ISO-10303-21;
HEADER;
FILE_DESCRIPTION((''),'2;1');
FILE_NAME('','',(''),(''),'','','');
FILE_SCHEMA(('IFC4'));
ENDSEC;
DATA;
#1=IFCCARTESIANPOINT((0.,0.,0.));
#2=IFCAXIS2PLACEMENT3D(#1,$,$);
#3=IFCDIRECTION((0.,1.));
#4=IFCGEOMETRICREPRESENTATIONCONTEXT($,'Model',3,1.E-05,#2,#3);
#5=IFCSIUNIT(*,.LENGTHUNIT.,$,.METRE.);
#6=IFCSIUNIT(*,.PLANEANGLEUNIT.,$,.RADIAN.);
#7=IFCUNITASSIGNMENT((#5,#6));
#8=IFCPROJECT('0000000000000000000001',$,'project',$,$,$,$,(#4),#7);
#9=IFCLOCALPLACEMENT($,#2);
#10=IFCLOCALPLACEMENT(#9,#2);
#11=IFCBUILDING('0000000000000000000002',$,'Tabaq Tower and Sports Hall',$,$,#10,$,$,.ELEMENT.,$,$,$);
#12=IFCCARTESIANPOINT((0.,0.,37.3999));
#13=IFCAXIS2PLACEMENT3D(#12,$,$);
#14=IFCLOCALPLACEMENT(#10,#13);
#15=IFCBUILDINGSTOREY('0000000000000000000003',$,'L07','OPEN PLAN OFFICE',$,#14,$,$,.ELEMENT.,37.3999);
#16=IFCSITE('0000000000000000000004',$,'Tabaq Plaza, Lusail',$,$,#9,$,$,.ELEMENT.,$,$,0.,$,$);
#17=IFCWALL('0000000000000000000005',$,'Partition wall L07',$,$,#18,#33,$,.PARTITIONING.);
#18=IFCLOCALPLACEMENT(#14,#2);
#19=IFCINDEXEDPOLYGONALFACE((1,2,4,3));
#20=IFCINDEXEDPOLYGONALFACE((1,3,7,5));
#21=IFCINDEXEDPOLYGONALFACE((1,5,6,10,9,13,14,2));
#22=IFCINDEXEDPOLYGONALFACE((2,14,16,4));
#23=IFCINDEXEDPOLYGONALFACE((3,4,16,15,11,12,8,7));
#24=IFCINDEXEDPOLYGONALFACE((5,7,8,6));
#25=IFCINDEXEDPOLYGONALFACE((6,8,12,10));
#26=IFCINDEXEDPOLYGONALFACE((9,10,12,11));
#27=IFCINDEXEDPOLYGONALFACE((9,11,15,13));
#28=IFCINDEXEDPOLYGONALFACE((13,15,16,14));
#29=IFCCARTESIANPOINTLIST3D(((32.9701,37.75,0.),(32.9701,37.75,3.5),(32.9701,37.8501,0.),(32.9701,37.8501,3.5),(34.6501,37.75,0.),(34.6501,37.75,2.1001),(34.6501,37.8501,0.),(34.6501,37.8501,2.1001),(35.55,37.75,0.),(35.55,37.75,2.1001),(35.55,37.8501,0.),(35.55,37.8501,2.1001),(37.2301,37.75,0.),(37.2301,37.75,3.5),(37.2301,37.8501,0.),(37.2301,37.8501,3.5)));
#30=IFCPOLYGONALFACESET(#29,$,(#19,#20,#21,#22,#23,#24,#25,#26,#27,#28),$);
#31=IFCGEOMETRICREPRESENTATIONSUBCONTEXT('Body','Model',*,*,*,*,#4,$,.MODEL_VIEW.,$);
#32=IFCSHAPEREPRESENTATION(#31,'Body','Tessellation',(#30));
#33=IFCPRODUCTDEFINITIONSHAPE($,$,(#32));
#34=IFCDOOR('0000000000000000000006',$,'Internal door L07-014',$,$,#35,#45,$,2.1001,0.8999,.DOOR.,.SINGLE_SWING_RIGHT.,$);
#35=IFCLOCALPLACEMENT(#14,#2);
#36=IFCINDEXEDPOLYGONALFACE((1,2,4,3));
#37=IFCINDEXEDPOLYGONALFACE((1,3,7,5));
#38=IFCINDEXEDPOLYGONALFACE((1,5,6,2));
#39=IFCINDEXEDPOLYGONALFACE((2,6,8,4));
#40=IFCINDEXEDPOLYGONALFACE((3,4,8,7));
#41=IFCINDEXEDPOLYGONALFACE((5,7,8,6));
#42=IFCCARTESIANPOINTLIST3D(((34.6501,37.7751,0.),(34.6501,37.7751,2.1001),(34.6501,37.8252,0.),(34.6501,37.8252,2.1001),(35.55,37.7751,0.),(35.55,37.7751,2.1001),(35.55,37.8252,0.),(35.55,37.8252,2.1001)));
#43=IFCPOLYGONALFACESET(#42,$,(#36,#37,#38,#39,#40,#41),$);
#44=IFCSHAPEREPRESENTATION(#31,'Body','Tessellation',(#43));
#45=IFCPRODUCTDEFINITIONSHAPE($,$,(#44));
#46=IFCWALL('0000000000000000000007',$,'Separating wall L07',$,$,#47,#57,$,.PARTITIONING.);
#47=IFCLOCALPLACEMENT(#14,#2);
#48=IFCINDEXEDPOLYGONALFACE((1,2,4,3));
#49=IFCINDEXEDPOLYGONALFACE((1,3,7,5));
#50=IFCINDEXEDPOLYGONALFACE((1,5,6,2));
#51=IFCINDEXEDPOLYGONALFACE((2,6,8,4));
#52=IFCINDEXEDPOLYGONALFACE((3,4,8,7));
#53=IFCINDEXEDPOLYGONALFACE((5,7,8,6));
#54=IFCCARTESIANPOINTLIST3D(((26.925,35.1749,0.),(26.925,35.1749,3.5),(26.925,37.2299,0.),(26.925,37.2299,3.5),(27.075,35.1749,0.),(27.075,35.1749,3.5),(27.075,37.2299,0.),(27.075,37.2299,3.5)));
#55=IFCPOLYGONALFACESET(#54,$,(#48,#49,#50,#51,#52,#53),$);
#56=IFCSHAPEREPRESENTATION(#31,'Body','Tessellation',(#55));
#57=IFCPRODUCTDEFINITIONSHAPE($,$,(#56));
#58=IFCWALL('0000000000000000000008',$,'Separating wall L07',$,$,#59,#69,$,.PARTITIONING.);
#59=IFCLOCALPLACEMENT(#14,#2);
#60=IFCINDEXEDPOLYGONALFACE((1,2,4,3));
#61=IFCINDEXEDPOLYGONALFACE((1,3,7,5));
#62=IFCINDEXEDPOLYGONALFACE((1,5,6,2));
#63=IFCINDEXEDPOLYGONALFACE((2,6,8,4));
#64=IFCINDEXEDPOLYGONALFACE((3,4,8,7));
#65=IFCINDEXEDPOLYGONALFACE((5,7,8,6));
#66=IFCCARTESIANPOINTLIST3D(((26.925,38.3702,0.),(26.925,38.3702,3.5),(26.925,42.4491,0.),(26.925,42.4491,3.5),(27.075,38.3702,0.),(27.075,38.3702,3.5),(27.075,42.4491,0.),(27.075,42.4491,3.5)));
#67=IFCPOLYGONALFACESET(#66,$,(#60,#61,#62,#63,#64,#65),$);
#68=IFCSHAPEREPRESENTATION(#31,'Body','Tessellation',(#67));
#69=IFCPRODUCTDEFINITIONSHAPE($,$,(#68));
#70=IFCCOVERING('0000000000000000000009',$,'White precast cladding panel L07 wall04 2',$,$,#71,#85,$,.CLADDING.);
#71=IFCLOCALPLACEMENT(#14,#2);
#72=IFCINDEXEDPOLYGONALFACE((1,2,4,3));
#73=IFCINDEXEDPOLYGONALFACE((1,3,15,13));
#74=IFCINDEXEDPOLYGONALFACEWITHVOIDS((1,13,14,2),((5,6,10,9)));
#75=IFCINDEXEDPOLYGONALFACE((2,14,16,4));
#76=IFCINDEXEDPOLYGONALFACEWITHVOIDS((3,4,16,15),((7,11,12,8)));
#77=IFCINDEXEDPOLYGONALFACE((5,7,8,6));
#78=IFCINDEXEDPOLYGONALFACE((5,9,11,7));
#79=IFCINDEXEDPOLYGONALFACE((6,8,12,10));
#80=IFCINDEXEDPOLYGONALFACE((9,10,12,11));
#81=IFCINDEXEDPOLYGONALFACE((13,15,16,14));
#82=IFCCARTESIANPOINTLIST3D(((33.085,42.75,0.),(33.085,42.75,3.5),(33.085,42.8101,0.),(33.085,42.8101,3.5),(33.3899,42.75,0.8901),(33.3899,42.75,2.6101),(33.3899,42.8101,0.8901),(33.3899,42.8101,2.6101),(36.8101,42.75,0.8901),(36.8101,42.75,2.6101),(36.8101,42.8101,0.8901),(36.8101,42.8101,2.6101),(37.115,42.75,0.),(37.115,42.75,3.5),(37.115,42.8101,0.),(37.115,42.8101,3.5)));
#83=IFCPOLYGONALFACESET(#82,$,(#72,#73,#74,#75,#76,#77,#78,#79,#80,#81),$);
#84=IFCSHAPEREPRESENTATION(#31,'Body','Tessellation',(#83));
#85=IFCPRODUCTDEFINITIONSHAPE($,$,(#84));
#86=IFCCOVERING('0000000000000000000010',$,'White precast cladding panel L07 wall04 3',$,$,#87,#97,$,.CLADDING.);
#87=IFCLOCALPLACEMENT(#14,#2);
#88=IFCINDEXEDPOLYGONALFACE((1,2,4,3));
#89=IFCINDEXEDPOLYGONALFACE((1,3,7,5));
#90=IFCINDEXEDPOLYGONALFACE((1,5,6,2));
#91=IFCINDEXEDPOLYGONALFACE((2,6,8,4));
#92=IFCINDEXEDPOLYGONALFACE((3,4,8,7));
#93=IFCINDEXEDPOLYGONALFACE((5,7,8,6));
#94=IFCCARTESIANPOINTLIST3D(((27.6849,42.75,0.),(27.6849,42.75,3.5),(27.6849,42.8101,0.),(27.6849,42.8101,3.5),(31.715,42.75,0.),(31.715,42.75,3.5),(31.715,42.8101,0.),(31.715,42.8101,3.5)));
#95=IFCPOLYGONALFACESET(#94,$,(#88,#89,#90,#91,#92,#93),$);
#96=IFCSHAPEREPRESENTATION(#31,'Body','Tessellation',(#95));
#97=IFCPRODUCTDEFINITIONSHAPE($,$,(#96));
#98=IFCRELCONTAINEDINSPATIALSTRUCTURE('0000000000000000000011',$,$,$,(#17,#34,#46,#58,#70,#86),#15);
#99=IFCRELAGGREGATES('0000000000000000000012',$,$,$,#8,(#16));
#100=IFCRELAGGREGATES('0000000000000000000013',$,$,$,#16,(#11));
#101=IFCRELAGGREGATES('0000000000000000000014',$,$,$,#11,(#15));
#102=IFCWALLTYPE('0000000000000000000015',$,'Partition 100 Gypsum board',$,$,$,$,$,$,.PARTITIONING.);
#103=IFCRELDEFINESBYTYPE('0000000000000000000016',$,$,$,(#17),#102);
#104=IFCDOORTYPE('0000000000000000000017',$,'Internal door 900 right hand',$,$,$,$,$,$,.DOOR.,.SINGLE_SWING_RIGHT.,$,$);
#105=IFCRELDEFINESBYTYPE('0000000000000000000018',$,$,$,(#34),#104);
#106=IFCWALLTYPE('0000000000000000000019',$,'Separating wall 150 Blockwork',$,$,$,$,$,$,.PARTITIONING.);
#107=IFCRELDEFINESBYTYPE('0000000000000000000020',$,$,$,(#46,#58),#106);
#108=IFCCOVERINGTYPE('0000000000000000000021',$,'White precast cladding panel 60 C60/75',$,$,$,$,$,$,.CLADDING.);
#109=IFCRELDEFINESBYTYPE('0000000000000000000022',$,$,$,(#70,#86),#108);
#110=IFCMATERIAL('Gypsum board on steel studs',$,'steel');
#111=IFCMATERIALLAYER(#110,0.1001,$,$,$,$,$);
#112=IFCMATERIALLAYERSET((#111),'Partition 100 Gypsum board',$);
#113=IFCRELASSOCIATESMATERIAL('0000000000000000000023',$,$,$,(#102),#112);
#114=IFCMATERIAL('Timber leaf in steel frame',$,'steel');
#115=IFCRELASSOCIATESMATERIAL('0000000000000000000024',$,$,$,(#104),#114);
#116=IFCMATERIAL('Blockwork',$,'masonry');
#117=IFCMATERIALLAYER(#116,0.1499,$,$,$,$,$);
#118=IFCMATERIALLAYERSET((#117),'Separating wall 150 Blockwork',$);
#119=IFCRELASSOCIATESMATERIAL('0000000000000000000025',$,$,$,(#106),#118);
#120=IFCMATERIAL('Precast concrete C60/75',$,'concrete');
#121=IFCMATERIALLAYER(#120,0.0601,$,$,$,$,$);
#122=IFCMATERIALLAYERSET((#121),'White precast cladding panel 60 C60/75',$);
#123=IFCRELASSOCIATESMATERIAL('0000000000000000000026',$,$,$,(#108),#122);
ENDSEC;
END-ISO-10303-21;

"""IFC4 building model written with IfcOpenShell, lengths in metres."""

from ifc_helpers import new_model, si_unit, direction, frame, frame_2d, origin, place, context, subcontext, project, spatial, polyline, rectangle, outline, extrude, material, layer, layer_set, type_object, element, fill, save


model = new_model("IFC4")

# Units and contexts
model_context = context("Model", 3, precision=1e-05, world=origin(), true_north=direction((0.0, 1.0)))
body_context = subcontext(model_context, "Body", "Model", "MODEL_VIEW")
ifc_project = project(units=[si_unit("LENGTHUNIT", "METRE"), si_unit("PLANEANGLEUNIT", "RADIAN")], contexts=[model_context])

# Site, building, storey
site_placement = place(None, origin())
site = spatial("IfcSite", under=ifc_project, at=site_placement, Name="Tabaq Plaza, Lusail", CompositionType="ELEMENT", RefElevation=0.0)
building_placement = place(site_placement, origin())
building = spatial("IfcBuilding", under=site, at=building_placement, Name="Tabaq Tower and Sports Hall", CompositionType="ELEMENT")
storey_placement = place(building_placement, frame((0.0, 0.0, 37.3999)))
storey = spatial("IfcBuildingStorey", under=building, at=storey_placement, Name="L07", Description="OPEN PLAN OFFICE", CompositionType="ELEMENT", Elevation=37.3999)

# Shared definitions
ifc_material_1 = material(Name="Gypsum board on steel studs", Category="steel")
ifc_layer_1 = layer(ifc_material_1, 0.1001)
ifc_layer_set_1 = layer_set([ifc_layer_1], Name="Partition 100 Gypsum board")
wall_type_1 = type_object("IfcWallType", Name="Partition 100 Gypsum board", PredefinedType="PARTITIONING", material=ifc_layer_set_1)

# Wall, opening, door
wall_1_placement = place(storey_placement, frame((37.23, 37.8, 0.0), z_axis=(0.0, 0.0, 1.0), x_axis=(-1.0, 0.0, 0.0)))
wall_1 = element("IfcWall", 1, at=wall_1_placement, inside=storey, type_object=wall_type_1, Name="Partition wall L07", PredefinedType="PARTITIONING", context=body_context, shape_type="SweptSolid", body=[
    extrude(rectangle(XDim=4.26, YDim=0.1001, at=frame_2d((2.1299, 0.0))), origin(), (0.0, 0.0, 1.0), 3.5),
])
opening_placement = place(wall_1_placement, frame((1.6799, 0.0, 0.0)))
opening = element("IfcOpeningElement", 2, at=opening_placement, cuts=wall_1, PredefinedType="OPENING", context=body_context, shape_type="SweptSolid", body=[
    extrude(rectangle(XDim=0.8999, YDim=2.1001, at=frame_2d((0.45, 1.05))), frame((0.0, 0.05, 0.0), z_axis=(0.0, -1.0, 0.0), x_axis=(1.0, 0.0, 0.0)), (0.0, 0.0, 1.0), 0.1001),
])
ifc_material_2 = material(Name="Timber leaf in steel frame", Category="steel")
door_type = type_object("IfcDoorType", Name="Internal door 900 right hand", OperationType="SINGLE_SWING_RIGHT", PredefinedType="DOOR", material=ifc_material_2)
door_placement = place(opening_placement, origin())
door = element("IfcDoor", 3, at=door_placement, inside=storey, type_object=door_type, Name="Internal door L07-014", OperationType="SINGLE_SWING_RIGHT", OverallHeight=2.1001, OverallWidth=0.8999, PredefinedType="DOOR", context=body_context, shape_type="SweptSolid", body=[
    extrude(rectangle(XDim=0.8999, YDim=2.1001, at=frame_2d((0.45, 1.05))), frame((0.0, 0.0249, 0.0), z_axis=(0.0, -1.0, 0.0), x_axis=(1.0, 0.0, 0.0)), (0.0, 0.0, 1.0), 0.05),
])
fill(opening, door)

# Walls
ifc_material_3 = material(Name="Blockwork", Category="masonry")
ifc_layer_2 = layer(ifc_material_3, 0.1499)
ifc_layer_set_2 = layer_set([ifc_layer_2], Name="Separating wall 150 Blockwork")
wall_type_2 = type_object("IfcWallType", Name="Separating wall 150 Blockwork", PredefinedType="PARTITIONING", material=ifc_layer_set_2)
wall_2_placement = place(storey_placement, frame((27.0, 35.175, 0.0), z_axis=(0.0, 0.0, 1.0), x_axis=(0.0, 1.0, 0.0)))
element("IfcWall", 4, at=wall_2_placement, inside=storey, type_object=wall_type_2, Name="Separating wall L07", PredefinedType="PARTITIONING", context=body_context, shape_type="SweptSolid", body=[
    extrude(rectangle(XDim=2.0549, YDim=0.1499, at=frame_2d((1.0273, 0.0))), origin(), (0.0, 0.0, 1.0), 3.5),
])
wall_3_placement = place(storey_placement, frame((27.0, 38.3701, 0.0), z_axis=(0.0, 0.0, 1.0), x_axis=(0.0, 1.0, 0.0)))
element("IfcWall", 5, at=wall_3_placement, inside=storey, type_object=wall_type_2, Name="Separating wall L07", PredefinedType="PARTITIONING", context=body_context, shape_type="SweptSolid", body=[
    extrude(rectangle(XDim=4.0789, YDim=0.1499, at=frame_2d((2.0396, 0.0))), origin(), (0.0, 0.0, 1.0), 3.5),
])

# Coverings
ifc_material_4 = material(Name="Precast concrete C60/75", Category="concrete")
ifc_layer_3 = layer(ifc_material_4, 0.0601)
ifc_layer_set_3 = layer_set([ifc_layer_3], Name="White precast cladding panel 60 C60/75")
covering_type = type_object("IfcCoveringType", Name="White precast cladding panel 60 C60/75", PredefinedType="CLADDING", material=ifc_layer_set_3)
covering_1_placement = place(storey_placement, frame((37.115, 42.78, 0.0), z_axis=(0.0, 0.0, 1.0), x_axis=(-1.0, 0.0, 0.0)))
element("IfcCovering", 6, at=covering_1_placement, inside=storey, type_object=covering_type, Name="White precast cladding panel L07 wall04 2", PredefinedType="CLADDING", context=body_context, shape_type="SweptSolid", body=[
    extrude(outline(polyline([(0.0, 0.0), (4.03, 0.0), (4.03, 3.5), (0.0, 3.5), (0.0, 0.0)]), holes=[polyline([(0.3049, 0.8901), (0.3049, 2.6101), (3.7251, 2.6101), (3.7251, 0.8901), (0.3049, 0.8901)])]), frame((0.0, 0.03, 0.0), z_axis=(0.0, -1.0, 0.0), x_axis=(1.0, 0.0, 0.0)), (0.0, 0.0, 1.0), 0.0601),
])
covering_2_placement = place(storey_placement, frame((31.7151, 42.78, 0.0), z_axis=(0.0, 0.0, 1.0), x_axis=(-1.0, 0.0, 0.0)))
element("IfcCovering", 7, at=covering_2_placement, inside=storey, type_object=covering_type, Name="White precast cladding panel L07 wall04 3", PredefinedType="CLADDING", context=body_context, shape_type="SweptSolid", body=[
    extrude(rectangle(XDim=4.03, YDim=0.0601, at=frame_2d((2.0151, 0.0))), origin(), (0.0, 0.0, 1.0), 3.5),
])

save(model, "model.ifc")
